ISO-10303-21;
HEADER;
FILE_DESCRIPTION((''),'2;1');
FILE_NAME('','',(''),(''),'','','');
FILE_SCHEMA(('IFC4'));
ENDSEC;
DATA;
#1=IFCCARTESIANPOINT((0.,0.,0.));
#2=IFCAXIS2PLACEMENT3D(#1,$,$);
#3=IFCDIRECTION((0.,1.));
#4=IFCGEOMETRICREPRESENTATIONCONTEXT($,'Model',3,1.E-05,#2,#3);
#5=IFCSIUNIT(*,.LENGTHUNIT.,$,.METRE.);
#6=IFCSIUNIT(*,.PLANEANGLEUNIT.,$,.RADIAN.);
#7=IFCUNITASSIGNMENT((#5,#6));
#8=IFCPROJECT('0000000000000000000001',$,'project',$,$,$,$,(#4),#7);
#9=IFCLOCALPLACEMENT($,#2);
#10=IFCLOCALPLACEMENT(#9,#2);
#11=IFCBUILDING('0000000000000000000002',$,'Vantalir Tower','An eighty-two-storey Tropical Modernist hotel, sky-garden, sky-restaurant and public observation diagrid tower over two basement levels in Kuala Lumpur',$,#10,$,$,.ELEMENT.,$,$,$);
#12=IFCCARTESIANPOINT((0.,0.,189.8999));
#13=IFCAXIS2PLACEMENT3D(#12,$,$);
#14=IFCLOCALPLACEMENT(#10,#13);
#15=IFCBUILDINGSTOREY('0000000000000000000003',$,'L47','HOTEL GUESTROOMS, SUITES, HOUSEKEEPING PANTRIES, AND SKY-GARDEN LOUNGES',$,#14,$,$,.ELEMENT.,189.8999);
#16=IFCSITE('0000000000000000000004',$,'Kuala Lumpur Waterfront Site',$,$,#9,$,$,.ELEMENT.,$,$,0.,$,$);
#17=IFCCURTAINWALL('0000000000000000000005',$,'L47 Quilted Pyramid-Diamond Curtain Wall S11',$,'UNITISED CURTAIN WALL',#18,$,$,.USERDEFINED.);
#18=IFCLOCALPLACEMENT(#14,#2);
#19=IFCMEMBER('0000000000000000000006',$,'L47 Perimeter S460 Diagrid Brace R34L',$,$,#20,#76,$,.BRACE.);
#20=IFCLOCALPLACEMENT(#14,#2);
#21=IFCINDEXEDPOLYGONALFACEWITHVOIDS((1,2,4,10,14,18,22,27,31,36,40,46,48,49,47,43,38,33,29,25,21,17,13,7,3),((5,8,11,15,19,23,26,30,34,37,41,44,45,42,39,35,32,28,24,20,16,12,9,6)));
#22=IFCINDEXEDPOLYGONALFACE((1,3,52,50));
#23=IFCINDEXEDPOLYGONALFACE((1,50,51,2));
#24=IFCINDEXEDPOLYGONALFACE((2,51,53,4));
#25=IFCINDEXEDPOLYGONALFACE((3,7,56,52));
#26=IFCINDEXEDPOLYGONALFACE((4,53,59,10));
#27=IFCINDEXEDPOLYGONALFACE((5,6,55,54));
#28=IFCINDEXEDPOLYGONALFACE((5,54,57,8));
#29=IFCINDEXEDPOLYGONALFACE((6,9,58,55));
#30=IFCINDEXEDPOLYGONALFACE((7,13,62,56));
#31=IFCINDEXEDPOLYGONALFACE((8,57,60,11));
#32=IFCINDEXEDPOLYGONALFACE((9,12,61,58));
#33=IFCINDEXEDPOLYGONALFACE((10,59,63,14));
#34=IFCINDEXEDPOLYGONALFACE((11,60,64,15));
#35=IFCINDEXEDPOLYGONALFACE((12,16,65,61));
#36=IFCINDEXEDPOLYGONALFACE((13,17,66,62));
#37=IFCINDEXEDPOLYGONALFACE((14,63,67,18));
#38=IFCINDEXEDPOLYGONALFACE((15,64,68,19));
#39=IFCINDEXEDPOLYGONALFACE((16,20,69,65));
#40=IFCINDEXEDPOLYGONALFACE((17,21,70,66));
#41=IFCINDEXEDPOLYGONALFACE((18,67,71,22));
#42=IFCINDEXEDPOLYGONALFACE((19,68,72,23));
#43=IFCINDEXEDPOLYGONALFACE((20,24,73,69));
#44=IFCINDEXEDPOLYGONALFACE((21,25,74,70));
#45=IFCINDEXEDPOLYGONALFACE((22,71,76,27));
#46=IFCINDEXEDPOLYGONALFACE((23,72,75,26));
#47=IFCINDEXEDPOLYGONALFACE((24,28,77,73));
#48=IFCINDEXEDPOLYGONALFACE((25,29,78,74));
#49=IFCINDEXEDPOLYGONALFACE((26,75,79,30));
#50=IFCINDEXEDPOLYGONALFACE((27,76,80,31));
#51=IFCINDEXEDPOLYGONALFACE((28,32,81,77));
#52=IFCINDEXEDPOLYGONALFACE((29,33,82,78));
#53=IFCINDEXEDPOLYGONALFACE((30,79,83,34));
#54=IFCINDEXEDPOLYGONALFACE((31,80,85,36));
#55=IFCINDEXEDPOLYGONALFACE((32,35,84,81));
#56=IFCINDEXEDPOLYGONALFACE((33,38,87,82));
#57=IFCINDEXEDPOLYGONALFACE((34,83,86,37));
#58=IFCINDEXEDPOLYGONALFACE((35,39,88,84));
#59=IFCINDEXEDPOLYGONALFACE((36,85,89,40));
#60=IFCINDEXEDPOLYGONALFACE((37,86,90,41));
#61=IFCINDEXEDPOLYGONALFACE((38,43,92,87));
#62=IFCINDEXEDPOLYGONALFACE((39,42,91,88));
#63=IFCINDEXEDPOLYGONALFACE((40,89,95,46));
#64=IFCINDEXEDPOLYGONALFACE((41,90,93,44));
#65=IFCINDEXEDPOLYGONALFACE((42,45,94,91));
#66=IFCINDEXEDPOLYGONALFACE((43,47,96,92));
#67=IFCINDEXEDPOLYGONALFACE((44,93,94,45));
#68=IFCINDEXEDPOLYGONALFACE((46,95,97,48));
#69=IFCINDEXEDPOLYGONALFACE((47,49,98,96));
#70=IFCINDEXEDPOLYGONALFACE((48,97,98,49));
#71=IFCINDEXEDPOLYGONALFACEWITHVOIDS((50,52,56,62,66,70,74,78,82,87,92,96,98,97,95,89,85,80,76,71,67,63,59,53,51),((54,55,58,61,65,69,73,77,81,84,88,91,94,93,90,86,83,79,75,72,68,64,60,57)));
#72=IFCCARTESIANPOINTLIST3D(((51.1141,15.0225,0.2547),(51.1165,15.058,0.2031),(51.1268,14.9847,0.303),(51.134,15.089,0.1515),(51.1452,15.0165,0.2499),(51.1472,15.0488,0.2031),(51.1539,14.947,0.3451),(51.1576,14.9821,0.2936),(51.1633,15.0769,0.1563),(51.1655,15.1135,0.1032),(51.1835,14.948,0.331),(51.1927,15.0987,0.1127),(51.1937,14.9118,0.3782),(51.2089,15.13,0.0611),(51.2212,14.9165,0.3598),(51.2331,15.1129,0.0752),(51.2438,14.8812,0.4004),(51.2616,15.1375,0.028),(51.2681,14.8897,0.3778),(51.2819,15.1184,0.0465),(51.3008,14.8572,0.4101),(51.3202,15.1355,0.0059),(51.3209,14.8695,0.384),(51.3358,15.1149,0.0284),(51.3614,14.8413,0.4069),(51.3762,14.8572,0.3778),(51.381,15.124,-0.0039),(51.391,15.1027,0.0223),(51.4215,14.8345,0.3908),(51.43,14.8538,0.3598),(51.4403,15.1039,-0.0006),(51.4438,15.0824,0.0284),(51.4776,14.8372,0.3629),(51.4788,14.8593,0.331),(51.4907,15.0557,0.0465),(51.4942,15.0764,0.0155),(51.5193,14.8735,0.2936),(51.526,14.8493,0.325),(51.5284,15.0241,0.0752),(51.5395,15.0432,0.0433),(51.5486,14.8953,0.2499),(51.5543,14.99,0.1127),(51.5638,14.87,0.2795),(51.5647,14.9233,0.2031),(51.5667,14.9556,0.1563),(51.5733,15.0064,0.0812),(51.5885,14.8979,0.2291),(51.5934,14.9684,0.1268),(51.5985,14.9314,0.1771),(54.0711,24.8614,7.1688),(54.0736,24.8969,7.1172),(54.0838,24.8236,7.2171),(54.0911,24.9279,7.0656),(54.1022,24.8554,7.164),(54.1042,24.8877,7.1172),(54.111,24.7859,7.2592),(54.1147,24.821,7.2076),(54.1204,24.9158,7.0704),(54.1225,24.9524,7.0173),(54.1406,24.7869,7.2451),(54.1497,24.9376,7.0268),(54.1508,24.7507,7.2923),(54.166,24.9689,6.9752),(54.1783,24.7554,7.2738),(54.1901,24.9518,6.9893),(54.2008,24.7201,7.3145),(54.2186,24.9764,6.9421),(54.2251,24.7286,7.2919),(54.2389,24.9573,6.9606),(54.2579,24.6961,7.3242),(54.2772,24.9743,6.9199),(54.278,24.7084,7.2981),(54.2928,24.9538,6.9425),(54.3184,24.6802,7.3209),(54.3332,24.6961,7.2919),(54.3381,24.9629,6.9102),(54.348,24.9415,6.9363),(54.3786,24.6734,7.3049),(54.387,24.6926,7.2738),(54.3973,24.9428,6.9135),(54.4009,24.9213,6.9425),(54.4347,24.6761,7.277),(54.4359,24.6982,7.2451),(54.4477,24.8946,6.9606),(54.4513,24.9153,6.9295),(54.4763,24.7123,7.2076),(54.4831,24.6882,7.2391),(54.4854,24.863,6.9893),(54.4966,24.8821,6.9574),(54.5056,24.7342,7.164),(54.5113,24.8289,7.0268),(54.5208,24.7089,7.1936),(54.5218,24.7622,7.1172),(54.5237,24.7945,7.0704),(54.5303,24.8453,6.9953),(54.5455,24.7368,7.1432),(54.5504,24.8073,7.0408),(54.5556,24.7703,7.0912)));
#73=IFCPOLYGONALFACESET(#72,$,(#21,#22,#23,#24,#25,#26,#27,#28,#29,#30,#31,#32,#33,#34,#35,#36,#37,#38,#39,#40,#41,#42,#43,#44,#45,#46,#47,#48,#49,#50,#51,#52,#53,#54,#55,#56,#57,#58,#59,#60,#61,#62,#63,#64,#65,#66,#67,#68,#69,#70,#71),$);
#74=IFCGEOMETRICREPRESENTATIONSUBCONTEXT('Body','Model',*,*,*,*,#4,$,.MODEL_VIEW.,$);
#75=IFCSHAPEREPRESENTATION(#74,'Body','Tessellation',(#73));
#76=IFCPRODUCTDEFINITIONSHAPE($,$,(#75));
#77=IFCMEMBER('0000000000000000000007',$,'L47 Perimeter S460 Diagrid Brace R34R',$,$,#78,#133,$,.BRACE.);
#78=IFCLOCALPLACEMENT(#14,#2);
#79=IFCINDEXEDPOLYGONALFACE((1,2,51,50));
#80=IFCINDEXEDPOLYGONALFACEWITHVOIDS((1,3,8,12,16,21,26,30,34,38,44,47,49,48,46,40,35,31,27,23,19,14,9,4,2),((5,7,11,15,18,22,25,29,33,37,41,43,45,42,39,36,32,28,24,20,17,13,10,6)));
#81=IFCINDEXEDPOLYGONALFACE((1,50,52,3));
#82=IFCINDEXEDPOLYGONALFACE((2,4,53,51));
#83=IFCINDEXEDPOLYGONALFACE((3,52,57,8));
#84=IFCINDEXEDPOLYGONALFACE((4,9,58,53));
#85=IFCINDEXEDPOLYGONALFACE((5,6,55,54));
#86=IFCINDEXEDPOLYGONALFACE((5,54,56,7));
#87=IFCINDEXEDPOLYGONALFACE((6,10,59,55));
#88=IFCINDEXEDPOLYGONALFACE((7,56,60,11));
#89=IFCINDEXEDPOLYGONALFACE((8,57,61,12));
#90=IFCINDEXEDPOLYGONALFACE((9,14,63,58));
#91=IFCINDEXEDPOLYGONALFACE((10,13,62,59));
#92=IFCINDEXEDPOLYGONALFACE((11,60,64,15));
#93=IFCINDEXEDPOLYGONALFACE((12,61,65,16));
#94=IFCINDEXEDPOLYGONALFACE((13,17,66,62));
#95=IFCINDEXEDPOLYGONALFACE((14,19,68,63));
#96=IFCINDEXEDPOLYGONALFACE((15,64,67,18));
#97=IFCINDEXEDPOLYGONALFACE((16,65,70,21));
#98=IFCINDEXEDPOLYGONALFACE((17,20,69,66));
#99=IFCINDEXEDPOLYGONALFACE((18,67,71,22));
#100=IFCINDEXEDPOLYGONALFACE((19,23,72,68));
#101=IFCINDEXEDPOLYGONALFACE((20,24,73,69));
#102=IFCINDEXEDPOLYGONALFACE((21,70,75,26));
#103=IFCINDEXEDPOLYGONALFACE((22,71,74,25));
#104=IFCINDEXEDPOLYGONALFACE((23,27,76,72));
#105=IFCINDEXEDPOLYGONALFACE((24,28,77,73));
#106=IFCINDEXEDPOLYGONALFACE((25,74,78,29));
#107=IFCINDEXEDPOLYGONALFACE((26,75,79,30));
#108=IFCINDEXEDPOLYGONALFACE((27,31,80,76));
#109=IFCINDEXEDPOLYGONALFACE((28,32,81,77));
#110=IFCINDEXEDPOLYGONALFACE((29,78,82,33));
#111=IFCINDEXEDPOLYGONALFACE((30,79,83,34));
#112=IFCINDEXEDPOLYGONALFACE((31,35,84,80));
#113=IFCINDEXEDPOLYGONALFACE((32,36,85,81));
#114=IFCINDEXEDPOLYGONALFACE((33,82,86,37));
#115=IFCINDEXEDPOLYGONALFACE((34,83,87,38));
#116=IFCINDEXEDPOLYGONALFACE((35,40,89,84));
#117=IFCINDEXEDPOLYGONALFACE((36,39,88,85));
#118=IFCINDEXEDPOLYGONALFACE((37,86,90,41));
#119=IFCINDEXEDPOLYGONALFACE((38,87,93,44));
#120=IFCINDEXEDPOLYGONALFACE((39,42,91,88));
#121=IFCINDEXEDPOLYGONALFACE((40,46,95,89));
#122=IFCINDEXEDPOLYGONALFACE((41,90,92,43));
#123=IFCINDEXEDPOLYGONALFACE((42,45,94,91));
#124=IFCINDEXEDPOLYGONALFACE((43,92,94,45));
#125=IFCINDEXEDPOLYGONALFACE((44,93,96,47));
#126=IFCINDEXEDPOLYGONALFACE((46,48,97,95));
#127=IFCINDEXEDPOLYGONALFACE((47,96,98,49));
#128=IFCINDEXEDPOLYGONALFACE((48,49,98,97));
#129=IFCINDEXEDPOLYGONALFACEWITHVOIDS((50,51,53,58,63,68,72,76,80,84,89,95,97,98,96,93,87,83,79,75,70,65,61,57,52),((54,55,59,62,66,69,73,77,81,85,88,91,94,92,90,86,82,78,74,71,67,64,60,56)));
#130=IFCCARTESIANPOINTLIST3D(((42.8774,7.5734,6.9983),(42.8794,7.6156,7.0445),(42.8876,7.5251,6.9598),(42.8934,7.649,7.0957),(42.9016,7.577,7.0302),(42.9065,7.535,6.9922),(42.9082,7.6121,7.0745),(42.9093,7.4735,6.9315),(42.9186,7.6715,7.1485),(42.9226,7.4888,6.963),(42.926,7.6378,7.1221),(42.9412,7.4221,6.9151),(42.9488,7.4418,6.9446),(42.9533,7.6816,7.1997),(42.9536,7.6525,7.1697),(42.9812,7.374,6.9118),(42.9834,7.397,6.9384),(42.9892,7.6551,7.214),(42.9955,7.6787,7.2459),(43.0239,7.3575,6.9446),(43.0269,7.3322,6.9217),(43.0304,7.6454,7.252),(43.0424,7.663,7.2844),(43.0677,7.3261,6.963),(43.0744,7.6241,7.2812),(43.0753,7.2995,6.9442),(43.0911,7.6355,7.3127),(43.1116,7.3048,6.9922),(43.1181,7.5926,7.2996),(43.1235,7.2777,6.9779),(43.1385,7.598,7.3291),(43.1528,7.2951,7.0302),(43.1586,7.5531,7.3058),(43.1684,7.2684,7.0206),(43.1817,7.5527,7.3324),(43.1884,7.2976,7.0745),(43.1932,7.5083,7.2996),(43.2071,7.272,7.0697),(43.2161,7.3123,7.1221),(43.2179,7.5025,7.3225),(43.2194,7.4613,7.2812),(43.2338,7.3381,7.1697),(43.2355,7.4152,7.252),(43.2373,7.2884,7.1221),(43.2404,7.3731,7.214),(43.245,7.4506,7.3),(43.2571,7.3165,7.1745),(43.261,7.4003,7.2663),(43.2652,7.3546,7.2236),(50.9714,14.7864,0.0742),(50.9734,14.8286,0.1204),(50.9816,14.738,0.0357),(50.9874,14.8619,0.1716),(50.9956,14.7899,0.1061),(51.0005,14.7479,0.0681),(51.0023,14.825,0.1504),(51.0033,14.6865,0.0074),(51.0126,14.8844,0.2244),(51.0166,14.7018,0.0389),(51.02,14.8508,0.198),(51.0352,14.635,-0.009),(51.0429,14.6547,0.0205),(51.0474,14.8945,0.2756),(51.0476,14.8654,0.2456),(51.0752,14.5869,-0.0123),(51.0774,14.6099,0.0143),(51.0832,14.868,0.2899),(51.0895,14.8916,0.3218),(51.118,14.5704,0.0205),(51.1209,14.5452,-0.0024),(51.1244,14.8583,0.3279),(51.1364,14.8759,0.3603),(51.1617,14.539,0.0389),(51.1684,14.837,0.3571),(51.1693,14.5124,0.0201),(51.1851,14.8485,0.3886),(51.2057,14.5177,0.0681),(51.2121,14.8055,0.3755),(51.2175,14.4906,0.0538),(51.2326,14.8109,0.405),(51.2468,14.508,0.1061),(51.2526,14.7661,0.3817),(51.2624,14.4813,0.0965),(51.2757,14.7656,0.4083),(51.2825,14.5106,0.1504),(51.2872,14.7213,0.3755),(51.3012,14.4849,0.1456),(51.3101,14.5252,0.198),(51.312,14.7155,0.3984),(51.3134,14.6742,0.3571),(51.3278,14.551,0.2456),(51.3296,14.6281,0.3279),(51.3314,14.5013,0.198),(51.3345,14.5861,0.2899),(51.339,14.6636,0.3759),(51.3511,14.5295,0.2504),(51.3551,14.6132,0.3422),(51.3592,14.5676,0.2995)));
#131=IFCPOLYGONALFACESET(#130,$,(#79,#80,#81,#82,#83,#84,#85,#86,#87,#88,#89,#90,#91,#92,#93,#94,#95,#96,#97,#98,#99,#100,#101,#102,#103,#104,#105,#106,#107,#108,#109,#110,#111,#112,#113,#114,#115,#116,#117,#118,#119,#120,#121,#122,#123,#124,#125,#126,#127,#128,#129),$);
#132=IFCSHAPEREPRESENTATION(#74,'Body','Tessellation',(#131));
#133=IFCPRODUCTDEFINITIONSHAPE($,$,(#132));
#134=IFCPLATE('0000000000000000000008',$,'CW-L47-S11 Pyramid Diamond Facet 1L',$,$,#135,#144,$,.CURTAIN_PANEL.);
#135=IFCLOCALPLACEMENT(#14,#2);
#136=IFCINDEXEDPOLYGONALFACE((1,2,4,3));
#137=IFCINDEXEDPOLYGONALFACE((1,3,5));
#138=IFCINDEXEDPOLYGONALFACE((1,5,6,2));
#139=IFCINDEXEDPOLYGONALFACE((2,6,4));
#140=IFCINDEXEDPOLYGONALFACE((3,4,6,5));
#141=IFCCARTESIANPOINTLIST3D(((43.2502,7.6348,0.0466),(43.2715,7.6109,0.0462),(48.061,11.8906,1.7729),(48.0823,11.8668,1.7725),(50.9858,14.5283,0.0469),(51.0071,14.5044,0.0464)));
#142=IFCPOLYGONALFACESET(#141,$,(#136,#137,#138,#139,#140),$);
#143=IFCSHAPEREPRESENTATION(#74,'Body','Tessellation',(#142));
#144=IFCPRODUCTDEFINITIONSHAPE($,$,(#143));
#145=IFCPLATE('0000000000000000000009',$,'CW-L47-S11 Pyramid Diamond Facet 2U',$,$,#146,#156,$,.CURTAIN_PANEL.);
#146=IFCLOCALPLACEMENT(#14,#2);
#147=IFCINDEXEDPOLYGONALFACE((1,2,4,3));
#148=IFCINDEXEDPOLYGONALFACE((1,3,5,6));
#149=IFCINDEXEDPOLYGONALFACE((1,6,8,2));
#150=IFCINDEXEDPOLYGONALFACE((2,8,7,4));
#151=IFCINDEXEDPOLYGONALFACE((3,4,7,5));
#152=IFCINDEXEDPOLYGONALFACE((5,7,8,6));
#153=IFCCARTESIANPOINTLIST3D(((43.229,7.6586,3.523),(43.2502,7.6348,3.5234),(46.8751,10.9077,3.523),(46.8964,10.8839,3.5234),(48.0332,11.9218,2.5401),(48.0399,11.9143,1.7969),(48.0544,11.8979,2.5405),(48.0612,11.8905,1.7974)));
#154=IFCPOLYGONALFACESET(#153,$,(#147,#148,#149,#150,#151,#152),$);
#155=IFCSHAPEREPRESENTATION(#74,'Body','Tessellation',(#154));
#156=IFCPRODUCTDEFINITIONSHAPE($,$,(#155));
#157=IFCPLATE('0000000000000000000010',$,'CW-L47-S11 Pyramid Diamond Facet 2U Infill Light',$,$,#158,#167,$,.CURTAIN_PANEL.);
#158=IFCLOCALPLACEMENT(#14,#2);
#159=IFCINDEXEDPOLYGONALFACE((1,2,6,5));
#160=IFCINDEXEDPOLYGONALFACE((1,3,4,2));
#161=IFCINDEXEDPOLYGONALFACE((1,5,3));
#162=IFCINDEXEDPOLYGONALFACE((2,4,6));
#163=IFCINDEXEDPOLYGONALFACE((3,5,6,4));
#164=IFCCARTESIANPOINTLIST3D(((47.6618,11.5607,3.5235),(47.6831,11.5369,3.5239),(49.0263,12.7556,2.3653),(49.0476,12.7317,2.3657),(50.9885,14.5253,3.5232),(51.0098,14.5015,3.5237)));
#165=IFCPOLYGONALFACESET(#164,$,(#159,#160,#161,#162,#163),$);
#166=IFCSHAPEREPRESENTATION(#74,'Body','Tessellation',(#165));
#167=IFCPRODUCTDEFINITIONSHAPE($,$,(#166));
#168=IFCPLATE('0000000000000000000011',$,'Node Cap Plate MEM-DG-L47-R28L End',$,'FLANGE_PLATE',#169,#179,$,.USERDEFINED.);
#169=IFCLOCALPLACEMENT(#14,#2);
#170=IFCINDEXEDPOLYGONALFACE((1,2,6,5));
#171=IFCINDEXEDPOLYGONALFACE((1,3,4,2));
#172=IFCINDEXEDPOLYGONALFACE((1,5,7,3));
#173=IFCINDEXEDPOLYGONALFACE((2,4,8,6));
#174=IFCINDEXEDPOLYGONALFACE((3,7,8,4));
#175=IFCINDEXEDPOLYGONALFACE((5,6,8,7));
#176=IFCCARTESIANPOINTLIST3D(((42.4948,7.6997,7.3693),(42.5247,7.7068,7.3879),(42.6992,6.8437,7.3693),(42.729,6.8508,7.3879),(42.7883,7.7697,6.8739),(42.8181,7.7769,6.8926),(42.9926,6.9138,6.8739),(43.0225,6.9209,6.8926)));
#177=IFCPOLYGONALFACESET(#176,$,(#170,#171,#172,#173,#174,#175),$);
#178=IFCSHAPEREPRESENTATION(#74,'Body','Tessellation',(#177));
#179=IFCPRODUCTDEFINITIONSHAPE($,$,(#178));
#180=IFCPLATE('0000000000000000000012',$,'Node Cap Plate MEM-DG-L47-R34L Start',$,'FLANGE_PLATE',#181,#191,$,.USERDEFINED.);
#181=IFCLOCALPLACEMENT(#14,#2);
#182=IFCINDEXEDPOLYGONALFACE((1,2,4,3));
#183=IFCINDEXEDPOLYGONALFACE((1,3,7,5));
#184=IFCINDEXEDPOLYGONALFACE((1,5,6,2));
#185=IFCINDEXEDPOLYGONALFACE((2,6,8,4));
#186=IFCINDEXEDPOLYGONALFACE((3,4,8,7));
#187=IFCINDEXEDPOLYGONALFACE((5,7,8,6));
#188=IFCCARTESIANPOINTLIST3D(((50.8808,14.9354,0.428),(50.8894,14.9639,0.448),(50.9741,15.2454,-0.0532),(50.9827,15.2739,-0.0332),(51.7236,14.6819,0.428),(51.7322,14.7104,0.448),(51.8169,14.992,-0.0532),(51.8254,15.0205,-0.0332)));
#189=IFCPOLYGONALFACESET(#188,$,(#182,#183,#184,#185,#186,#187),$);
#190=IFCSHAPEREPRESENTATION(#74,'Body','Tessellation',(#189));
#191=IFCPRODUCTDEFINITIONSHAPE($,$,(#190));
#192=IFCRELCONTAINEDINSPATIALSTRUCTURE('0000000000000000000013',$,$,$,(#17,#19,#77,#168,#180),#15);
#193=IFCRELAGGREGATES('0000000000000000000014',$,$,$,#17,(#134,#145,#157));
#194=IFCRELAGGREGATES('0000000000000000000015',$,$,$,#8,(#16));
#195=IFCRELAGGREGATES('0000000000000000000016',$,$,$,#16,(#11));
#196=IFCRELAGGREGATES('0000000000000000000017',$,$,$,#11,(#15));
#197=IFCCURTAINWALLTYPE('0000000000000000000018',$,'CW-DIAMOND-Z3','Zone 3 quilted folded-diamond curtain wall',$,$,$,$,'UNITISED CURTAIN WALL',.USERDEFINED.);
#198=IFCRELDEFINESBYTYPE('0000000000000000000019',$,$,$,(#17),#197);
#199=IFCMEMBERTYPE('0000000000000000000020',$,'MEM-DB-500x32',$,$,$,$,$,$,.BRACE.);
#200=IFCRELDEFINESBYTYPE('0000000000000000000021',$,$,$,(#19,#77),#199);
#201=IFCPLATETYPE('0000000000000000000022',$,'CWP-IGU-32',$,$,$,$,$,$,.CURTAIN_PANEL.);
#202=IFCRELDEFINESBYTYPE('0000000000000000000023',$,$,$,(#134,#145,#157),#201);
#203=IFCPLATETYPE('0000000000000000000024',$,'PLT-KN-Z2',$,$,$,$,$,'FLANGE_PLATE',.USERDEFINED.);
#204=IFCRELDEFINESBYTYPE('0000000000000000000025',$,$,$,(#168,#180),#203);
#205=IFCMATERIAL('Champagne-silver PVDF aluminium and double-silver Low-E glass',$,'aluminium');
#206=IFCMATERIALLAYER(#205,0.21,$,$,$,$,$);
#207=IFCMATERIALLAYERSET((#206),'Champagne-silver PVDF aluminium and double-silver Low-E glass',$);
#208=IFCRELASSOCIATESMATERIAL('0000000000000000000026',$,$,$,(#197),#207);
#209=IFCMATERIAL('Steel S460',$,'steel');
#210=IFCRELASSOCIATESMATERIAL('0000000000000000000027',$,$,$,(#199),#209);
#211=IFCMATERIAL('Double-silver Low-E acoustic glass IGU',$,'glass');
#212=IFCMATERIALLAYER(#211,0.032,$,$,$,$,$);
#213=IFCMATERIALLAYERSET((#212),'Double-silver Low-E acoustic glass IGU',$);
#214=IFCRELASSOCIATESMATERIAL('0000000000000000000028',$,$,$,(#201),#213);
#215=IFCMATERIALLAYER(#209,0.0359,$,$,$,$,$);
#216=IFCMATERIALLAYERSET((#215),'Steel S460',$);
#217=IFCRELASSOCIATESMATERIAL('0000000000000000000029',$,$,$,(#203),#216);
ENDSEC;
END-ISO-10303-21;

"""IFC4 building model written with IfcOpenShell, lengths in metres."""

from ifc_helpers import new_model, si_unit, direction, frame, origin, origin_2d, place, context, subcontext, project, spatial, polyline, hollow_circle, outline, extrude, material, layer, layer_set, material_profile, profile_set, type_object, element, aggregate, save


model = new_model("IFC4")

# Units and contexts
model_context = context("Model", 3, precision=1e-05, world=origin(), true_north=direction((0.0, 1.0)))
body_context = subcontext(model_context, "Body", "Model", "MODEL_VIEW")
ifc_project = project(units=[si_unit("LENGTHUNIT", "METRE"), si_unit("PLANEANGLEUNIT", "RADIAN")], contexts=[model_context])

# Site, building, storey
site_placement = place(None, origin())
site = spatial("IfcSite", under=ifc_project, at=site_placement, Name="Kuala Lumpur Waterfront Site", CompositionType="ELEMENT", RefElevation=0.0)
building_placement = place(site_placement, origin())
building = spatial("IfcBuilding", under=site, at=building_placement, Name="Vantalir Tower", Description="An eighty-two-storey Tropical Modernist hotel, sky-garden, sky-restaurant and public observation diagrid tower over two basement levels in Kuala Lumpur", CompositionType="ELEMENT")
storey_placement = place(building_placement, frame((0.0, 0.0, 189.8999)))
storey = spatial("IfcBuildingStorey", under=building, at=storey_placement, Name="L47", Description="HOTEL GUESTROOMS, SUITES, HOUSEKEEPING PANTRIES, AND SKY-GARDEN LOUNGES", CompositionType="ELEMENT", Elevation=189.8999)

# Shared definitions
ifc_material_1 = material(Name="Steel S460", Category="steel")

# Shared definitions
ifc_material_2 = material(Name="Champagne-silver PVDF aluminium and double-silver Low-E glass", Category="aluminium")
ifc_layer_1 = layer(ifc_material_2, 0.21)
ifc_layer_set_1 = layer_set([ifc_layer_1], Name="Champagne-silver PVDF aluminium and double-silver Low-E glass")
curtain_wall_type = type_object("IfcCurtainWallType", Name="CW-DIAMOND-Z3", Description="Zone 3 quilted folded-diamond curtain wall", ElementType="UNITISED CURTAIN WALL", PredefinedType="USERDEFINED", material=ifc_layer_set_1)

# Curtain wall
curtain_wall_1_placement = place(storey_placement, origin())
curtain_wall_1 = element("IfcCurtainWall", 1, at=curtain_wall_1_placement, inside=storey, type_object=curtain_wall_type, Name="L47 Quilted Pyramid-Diamond Curtain Wall S11", ObjectType="UNITISED CURTAIN WALL", PredefinedType="USERDEFINED")

# Members
ifc_material_profile_1 = material_profile(ifc_material_1, hollow_circle(Radius=0.25, WallThickness=0.032, at=origin_2d()), Name="Steel S460")
ifc_profile_set_1 = profile_set([ifc_material_profile_1], Name="Steel S460")
member_type_1 = type_object("IfcMemberType", Name="MEM-DB-500x32", PredefinedType="BRACE", material=ifc_profile_set_1)
member_1_placement = place(storey_placement, frame((51.356, 14.9861, 0.2031), z_axis=(0.238788, 0.794513, 0.558328), x_axis=(-0.957682, 0.287827, 0.0)))
element("IfcMember", 2, at=member_1_placement, inside=storey, type_object=member_type_1, Name="L47 Perimeter S460 Diagrid Brace R34L", PredefinedType="BRACE", context=body_context, shape_type="SweptSolid", body=[
    extrude(hollow_circle(Radius=0.25, WallThickness=0.032, at=origin_2d()), origin(), (0.0, 0.0, 1.0), 12.3835),
])
member_2_placement = place(storey_placement, frame((51.165, 14.688, 0.198), z_axis=(-0.6292, -0.560706, 0.538254), x_axis=(0.665303, -0.746574, 0.0)))
element("IfcMember", 3, at=member_2_placement, inside=storey, type_object=member_type_1, Name="L47 Perimeter S460 Diagrid Brace R34R", PredefinedType="BRACE", context=body_context, shape_type="SweptSolid", body=[
    extrude(hollow_circle(Radius=0.25, WallThickness=0.032, at=origin_2d()), origin(), (0.0, 0.0, 1.0), 12.864),
])

# Plates
ifc_material_3 = material(Name="Double-silver Low-E acoustic glass IGU", Category="glass")
ifc_layer_2 = layer(ifc_material_3, 0.032)
ifc_layer_set_2 = layer_set([ifc_layer_2], Name="Double-silver Low-E acoustic glass IGU")
plate_type_1 = type_object("IfcPlateType", Name="CWP-IGU-32", PredefinedType="CURTAIN_PANEL", material=ifc_layer_set_2)
plate_1_placement = place(storey_placement, frame((43.2502, 7.6348, 0.0466), z_axis=(-0.665245, 0.746503, 0.01352), x_axis=(0.746572, 0.665305, 0.000024)))
plate_1 = element("IfcPlate", 4, at=plate_1_placement, type_object=plate_type_1, Name="CW-L47-S11 Pyramid Diamond Facet 1L", PredefinedType="CURTAIN_PANEL", context=body_context, shape_type="SweptSolid", body=[
    extrude(outline(polyline([(0.0, 0.0), (10.3615, 0.0), (6.4231, -1.7263), (0.0, 0.0)])), origin(), (0.0, 0.0, -1.0), 0.032),
])
plate_2_placement = place(storey_placement, frame((43.2502, 7.6348, 3.5234), z_axis=(0.665226, -0.746519, 0.013564), x_axis=(0.746587, 0.665287, 0.000001)))
plate_2 = element("IfcPlate", 5, at=plate_2_placement, type_object=plate_type_1, Name="CW-L47-S11 Pyramid Diamond Facet 2U", PredefinedType="CURTAIN_PANEL", context=body_context, shape_type="SweptSolid", body=[
    extrude(outline(polyline([(0.0, 0.0), (4.8838, 0.0), (6.423, -0.983), (6.423, -1.7262), (0.0, 0.0)])), origin(), (0.0, 0.0, -1.0), 0.032),
])
plate_3_placement = place(storey_placement, frame((47.6831, 11.5369, 3.5239), z_axis=(0.665251, -0.746495, 0.013646), x_axis=(0.746565, 0.665312, -0.000055)))
plate_3 = element("IfcPlate", 6, at=plate_3_placement, type_object=plate_type_1, Name="CW-L47-S11 Pyramid Diamond Facet 2U Infill Light", PredefinedType="CURTAIN_PANEL", context=body_context, shape_type="SweptSolid", body=[
    extrude(outline(polyline([(0.0, 0.0), (4.456, 0.0), (1.8137, -1.1582), (0.0, 0.0)])), origin(), (0.0, 0.0, -1.0), 0.032),
])
aggregate(curtain_wall_1, [plate_1, plate_2, plate_3])

# Plates
ifc_layer_3 = layer(ifc_material_1, 0.0359)
ifc_layer_set_3 = layer_set([ifc_layer_3], Name="Steel S460")
plate_type_2 = type_object("IfcPlateType", Name="PLT-KN-Z2", ElementType="FLANGE_PLATE", PredefinedType="USERDEFINED", material=ifc_layer_set_3)
plate_4_placement = place(storey_placement, frame((43.0225, 6.9209, 6.8926), z_axis=(0.830715, 0.198319, 0.520176), x_axis=(-0.232208, 0.972666, 0.0)))
element("IfcPlate", 7, at=plate_4_placement, inside=storey, type_object=plate_type_2, Name="Node Cap Plate MEM-DG-L47-R28L End", ObjectType="FLANGE_PLATE", PredefinedType="USERDEFINED", context=body_context, shape_type="SweptSolid", body=[
    extrude(outline(polyline([(0.0, 0.0), (0.88, 0.0), (0.88, 0.58), (0.0, 0.58), (0.0, 0.0)])), origin(), (0.0, 0.0, -1.0), 0.0359),
])
plate_5_placement = place(storey_placement, frame((51.8254, 15.0205, -0.0332), z_axis=(0.238911, 0.794529, 0.558252), x_axis=(-0.957643, 0.287959, 0.0)))
element("IfcPlate", 8, at=plate_5_placement, inside=storey, type_object=plate_type_2, Name="Node Cap Plate MEM-DG-L47-R34L Start", ObjectType="FLANGE_PLATE", PredefinedType="USERDEFINED", context=body_context, shape_type="SweptSolid", body=[
    extrude(outline(polyline([(0.0, 0.0), (0.88, 0.0), (0.8801, 0.58), (0.0, 0.58), (0.0, 0.0)])), origin(), (0.0, 0.0, -1.0), 0.0359),
])

save(model, "model.ifc")
